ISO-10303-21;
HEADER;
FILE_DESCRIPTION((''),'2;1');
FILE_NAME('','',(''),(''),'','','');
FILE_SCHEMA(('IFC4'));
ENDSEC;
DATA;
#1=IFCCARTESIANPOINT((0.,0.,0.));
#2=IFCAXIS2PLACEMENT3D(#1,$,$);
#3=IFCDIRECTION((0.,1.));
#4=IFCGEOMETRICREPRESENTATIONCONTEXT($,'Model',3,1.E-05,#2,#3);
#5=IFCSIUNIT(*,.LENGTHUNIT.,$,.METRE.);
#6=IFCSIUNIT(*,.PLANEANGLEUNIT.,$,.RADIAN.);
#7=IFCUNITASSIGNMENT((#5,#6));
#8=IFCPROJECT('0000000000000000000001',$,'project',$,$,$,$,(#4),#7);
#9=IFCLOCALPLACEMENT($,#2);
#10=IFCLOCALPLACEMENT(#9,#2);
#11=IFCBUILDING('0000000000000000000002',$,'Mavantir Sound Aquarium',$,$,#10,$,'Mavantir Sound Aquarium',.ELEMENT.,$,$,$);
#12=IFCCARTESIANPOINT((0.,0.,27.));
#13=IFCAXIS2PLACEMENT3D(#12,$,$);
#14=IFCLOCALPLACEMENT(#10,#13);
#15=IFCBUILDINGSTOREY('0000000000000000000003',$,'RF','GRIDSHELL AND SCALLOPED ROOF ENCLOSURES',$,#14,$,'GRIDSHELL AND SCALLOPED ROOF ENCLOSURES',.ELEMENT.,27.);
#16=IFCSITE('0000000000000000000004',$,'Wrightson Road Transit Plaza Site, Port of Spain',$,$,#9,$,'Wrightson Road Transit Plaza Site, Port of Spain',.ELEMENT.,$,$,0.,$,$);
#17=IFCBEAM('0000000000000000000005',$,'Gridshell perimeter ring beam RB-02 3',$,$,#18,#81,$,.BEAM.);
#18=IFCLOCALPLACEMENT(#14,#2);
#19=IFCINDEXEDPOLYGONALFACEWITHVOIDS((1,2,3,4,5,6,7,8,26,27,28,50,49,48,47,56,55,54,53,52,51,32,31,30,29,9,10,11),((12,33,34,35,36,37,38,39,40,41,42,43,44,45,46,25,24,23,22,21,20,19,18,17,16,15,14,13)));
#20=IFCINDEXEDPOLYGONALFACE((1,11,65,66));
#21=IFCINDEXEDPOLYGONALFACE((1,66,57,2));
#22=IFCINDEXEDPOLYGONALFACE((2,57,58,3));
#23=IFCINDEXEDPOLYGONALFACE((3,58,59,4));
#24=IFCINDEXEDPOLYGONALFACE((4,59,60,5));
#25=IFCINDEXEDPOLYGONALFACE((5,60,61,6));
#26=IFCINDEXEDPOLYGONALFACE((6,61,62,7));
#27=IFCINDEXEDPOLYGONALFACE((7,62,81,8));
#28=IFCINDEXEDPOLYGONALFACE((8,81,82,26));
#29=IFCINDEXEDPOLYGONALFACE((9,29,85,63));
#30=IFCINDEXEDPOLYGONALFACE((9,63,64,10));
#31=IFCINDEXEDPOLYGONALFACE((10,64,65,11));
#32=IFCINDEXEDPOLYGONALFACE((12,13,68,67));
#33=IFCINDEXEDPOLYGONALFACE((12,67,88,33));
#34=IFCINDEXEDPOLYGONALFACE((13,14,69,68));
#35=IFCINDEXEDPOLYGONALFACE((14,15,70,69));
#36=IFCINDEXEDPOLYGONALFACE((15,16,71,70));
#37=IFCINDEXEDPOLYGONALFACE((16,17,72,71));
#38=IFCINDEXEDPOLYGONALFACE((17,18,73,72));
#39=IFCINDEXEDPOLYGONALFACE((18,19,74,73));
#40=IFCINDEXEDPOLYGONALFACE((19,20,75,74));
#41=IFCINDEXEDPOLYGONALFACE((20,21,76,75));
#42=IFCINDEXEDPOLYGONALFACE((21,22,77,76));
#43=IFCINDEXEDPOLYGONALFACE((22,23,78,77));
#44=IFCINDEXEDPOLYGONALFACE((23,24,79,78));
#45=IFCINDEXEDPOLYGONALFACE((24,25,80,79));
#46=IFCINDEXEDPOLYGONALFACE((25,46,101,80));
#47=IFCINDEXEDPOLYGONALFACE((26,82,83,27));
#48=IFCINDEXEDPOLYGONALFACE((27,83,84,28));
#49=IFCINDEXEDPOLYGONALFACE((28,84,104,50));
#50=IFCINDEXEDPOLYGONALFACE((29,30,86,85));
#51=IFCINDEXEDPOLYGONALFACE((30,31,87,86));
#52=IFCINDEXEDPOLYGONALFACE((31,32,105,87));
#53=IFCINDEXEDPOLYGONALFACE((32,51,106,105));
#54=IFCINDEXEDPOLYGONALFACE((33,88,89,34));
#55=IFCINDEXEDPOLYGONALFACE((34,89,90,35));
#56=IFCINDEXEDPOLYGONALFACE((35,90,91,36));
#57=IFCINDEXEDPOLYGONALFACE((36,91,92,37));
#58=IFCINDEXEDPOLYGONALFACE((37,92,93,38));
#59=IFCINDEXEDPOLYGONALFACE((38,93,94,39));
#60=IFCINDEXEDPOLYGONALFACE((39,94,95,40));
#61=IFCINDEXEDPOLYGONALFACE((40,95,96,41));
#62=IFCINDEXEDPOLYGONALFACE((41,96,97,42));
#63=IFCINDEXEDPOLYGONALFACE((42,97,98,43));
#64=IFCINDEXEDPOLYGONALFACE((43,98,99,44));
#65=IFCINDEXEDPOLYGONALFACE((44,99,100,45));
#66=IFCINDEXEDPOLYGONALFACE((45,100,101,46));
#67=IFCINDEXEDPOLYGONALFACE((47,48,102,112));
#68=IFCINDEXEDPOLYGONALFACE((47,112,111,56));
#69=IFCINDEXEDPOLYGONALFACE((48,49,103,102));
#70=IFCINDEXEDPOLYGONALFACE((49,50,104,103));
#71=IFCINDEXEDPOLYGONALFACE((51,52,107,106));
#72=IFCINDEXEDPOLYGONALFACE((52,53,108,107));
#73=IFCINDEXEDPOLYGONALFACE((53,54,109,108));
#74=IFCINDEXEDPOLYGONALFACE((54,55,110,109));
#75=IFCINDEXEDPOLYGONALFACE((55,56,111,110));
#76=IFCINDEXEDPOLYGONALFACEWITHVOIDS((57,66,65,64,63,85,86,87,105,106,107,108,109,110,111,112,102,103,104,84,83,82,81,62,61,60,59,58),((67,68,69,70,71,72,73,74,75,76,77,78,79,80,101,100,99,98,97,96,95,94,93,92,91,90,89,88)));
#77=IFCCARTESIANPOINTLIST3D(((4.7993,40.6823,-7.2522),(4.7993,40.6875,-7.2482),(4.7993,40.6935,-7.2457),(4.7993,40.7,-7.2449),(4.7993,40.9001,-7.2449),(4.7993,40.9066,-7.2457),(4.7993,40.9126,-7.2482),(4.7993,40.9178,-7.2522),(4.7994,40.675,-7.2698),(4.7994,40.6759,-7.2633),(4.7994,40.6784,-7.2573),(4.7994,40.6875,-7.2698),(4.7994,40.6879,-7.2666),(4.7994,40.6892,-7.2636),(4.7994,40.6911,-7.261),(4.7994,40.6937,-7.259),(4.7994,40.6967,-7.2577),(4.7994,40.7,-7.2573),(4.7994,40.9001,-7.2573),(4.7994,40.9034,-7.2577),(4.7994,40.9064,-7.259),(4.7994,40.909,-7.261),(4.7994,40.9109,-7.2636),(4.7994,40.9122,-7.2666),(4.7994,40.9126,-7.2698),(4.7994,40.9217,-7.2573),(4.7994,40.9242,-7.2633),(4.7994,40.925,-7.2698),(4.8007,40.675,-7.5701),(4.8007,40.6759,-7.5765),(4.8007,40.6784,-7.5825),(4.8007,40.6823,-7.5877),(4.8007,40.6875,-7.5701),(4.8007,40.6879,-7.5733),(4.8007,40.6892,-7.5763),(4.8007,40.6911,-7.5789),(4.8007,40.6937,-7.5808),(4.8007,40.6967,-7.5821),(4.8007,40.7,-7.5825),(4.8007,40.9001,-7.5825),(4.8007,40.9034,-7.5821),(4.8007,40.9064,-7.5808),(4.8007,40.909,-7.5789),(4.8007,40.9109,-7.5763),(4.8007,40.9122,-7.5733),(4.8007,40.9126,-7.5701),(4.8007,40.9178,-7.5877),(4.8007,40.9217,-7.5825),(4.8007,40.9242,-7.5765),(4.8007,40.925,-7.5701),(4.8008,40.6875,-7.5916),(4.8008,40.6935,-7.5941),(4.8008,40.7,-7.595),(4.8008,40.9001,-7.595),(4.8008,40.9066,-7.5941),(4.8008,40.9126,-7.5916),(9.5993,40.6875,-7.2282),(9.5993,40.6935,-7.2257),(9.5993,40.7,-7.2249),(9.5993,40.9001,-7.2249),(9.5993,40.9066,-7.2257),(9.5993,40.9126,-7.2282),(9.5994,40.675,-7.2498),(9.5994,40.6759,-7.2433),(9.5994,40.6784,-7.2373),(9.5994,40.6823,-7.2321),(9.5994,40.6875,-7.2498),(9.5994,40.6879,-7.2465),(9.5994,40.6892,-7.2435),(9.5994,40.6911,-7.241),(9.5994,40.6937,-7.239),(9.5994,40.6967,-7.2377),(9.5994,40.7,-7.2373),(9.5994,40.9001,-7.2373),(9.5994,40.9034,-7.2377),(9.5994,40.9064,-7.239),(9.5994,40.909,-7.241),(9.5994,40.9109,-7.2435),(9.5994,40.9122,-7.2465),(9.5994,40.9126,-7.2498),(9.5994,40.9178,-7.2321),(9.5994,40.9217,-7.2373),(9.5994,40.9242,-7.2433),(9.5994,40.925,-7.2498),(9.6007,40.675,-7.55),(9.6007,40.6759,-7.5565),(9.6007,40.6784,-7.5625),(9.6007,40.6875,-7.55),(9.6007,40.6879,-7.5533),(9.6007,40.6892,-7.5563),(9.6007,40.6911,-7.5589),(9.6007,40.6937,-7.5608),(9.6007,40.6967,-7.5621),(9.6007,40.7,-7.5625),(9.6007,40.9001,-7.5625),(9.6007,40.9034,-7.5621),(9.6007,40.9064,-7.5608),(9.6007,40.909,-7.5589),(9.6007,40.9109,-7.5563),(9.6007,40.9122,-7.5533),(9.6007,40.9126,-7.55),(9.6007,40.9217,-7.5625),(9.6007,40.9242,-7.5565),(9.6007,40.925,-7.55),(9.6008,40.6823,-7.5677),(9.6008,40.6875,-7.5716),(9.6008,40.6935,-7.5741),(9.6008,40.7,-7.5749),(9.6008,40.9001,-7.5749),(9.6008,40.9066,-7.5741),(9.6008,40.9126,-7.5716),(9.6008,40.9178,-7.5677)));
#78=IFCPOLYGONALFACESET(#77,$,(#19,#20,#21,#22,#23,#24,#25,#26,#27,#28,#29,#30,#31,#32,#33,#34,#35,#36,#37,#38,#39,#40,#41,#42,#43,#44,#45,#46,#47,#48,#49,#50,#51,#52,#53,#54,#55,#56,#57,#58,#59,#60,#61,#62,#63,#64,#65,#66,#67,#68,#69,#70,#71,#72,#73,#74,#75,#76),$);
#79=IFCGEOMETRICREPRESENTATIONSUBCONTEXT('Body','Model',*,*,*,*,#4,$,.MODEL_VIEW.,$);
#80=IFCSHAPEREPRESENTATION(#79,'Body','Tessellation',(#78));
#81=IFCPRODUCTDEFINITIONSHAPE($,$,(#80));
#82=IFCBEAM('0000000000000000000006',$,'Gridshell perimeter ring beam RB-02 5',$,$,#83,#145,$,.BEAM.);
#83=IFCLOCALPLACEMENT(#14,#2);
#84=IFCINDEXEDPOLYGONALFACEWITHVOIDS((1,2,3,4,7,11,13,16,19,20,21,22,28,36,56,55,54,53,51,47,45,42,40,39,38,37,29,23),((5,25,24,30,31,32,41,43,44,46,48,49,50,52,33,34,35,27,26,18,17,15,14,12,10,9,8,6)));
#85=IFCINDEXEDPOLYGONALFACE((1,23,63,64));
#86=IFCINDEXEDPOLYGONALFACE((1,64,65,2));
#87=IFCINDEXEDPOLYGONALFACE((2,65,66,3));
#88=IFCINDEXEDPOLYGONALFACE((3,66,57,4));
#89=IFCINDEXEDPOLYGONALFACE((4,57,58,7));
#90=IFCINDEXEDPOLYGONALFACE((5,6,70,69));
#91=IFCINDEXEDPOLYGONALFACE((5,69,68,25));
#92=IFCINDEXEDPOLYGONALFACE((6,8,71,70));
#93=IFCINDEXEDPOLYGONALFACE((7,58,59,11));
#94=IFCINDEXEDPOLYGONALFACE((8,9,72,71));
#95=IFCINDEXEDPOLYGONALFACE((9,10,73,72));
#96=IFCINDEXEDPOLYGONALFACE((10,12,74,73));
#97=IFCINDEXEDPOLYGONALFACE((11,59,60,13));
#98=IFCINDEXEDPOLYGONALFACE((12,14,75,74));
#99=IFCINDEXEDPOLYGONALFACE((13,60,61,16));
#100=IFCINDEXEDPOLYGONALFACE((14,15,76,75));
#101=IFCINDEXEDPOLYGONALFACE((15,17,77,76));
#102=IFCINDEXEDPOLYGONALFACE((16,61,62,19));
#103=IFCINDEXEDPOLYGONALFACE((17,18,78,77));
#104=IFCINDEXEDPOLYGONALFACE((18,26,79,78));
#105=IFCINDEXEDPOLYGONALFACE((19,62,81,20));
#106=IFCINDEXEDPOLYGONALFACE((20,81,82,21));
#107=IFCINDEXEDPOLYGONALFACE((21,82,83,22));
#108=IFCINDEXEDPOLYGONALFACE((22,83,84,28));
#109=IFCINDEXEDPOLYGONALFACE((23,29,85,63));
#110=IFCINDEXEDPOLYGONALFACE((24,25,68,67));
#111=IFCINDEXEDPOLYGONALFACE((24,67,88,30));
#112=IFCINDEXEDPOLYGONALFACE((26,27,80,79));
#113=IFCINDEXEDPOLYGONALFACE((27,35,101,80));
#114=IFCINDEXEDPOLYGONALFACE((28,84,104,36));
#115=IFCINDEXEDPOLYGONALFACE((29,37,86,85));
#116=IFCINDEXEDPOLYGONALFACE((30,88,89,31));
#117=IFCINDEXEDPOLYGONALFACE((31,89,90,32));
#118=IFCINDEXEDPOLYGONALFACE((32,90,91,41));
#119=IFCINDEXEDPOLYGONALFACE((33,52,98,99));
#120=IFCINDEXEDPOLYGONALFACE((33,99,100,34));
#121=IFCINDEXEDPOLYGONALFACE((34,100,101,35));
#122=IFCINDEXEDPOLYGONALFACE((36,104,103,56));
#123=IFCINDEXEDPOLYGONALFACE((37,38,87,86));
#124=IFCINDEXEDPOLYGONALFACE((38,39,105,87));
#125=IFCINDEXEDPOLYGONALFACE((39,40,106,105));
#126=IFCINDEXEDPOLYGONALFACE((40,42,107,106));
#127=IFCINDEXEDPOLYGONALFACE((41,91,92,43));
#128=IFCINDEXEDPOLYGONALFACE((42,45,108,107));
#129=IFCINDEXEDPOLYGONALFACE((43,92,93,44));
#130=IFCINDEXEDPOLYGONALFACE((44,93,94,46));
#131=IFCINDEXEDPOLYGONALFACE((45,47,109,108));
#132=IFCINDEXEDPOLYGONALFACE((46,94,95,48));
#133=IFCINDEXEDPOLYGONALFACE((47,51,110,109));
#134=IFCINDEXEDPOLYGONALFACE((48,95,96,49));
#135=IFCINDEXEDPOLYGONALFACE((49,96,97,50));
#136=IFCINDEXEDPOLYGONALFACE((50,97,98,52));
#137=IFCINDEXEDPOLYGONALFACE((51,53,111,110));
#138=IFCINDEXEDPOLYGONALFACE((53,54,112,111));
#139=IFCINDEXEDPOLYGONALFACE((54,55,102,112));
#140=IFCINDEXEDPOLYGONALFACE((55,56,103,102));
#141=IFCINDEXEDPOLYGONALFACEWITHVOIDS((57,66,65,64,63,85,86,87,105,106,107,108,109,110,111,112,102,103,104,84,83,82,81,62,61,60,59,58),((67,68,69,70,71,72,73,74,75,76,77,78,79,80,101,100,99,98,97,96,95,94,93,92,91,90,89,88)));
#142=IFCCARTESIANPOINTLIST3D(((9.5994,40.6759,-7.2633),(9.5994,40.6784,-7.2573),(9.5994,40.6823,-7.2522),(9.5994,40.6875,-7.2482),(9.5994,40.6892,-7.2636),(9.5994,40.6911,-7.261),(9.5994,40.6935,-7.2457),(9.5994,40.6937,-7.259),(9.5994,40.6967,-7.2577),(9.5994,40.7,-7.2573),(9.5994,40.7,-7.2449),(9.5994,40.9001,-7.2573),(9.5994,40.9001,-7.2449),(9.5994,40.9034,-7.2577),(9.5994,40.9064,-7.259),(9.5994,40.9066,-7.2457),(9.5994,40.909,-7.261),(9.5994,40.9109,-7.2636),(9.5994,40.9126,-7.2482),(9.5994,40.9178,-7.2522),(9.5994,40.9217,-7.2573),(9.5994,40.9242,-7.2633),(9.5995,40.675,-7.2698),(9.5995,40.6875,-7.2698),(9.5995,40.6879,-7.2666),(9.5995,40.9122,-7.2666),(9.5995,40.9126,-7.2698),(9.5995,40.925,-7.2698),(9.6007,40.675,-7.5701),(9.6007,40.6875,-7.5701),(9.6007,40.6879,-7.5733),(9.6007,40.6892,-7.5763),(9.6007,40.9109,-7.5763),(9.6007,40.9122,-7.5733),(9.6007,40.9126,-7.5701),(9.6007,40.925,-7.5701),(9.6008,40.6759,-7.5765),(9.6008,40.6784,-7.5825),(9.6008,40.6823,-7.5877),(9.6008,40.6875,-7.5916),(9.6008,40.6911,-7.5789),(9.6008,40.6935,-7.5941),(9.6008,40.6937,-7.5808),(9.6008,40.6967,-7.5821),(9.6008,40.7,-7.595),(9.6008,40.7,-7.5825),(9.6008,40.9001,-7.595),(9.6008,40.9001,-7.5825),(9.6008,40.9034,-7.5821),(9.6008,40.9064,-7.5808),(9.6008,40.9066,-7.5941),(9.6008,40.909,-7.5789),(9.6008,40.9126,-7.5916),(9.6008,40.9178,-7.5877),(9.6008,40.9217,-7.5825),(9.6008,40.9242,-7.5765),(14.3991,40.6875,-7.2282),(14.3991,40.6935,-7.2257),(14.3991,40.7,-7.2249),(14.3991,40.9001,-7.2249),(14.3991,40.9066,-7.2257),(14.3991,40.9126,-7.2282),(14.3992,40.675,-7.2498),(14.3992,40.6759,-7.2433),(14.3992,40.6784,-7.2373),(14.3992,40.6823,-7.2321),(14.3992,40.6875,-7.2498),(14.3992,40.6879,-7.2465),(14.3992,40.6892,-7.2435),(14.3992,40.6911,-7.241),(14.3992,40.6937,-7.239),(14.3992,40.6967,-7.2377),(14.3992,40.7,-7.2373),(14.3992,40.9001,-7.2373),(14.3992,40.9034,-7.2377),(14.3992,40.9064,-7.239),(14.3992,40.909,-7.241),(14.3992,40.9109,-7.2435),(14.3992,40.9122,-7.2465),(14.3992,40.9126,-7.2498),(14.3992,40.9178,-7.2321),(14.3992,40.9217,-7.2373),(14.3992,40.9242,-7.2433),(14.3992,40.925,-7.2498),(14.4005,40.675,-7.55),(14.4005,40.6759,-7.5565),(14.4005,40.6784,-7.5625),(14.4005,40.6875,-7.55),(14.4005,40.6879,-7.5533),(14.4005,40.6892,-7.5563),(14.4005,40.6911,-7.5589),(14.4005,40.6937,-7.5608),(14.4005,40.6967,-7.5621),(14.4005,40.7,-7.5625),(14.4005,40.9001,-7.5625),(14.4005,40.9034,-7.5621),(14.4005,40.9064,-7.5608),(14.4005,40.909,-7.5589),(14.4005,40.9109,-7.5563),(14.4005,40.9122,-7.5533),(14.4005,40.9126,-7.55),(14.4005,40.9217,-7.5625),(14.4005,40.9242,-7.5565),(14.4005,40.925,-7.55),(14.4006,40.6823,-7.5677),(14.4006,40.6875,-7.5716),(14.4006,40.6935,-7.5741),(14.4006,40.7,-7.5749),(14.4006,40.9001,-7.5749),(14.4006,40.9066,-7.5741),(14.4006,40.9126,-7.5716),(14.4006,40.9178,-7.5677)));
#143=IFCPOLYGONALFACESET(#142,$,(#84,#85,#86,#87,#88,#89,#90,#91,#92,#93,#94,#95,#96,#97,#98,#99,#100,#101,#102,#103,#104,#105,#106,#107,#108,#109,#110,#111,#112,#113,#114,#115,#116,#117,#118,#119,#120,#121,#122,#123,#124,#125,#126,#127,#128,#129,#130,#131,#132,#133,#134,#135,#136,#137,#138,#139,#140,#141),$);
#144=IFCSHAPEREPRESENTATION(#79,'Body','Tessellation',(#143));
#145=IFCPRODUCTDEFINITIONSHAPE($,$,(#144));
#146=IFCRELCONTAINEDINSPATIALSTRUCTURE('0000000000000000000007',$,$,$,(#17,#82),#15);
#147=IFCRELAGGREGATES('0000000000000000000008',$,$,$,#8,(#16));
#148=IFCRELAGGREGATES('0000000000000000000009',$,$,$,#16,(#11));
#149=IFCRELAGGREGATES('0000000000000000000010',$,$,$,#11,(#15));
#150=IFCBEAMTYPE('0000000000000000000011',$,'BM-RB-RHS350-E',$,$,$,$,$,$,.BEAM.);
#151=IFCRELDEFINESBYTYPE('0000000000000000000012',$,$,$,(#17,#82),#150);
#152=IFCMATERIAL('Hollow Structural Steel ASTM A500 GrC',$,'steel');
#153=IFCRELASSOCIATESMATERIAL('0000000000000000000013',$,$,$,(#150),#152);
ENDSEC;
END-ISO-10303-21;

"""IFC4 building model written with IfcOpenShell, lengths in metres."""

from ifc_helpers import new_model, si_unit, direction, frame, origin, origin_2d, place, context, subcontext, project, spatial, hollow_rectangle, extrude, material, material_profile, profile_set, type_object, element, save


model = new_model("IFC4")

# Units and contexts
model_context = context("Model", 3, precision=1e-05, world=origin(), true_north=direction((0.0, 1.0)))
body_context = subcontext(model_context, "Body", "Model", "MODEL_VIEW")
ifc_project = project(units=[si_unit("LENGTHUNIT", "METRE"), si_unit("PLANEANGLEUNIT", "RADIAN")], contexts=[model_context])

# Site, building, storey
site_placement = place(None, origin())
site = spatial("IfcSite", under=ifc_project, at=site_placement, Name="Wrightson Road Transit Plaza Site, Port of Spain", LongName="Wrightson Road Transit Plaza Site, Port of Spain", CompositionType="ELEMENT", RefElevation=0.0)
building_placement = place(site_placement, origin())
building = spatial("IfcBuilding", under=site, at=building_placement, Name="Mavantir Sound Aquarium", LongName="Mavantir Sound Aquarium", CompositionType="ELEMENT")
storey_placement = place(building_placement, frame((0.0, 0.0, 27.0)))
storey = spatial("IfcBuildingStorey", under=building, at=storey_placement, Name="RF", Description="GRIDSHELL AND SCALLOPED ROOF ENCLOSURES", LongName="GRIDSHELL AND SCALLOPED ROOF ENCLOSURES", CompositionType="ELEMENT", Elevation=27.0)

# Beams
ifc_material_1 = material(Name="Hollow Structural Steel ASTM A500 GrC", Category="steel")
ifc_material_profile_1 = material_profile(ifc_material_1, hollow_rectangle(XDim=0.25, YDim=0.3501, WallThickness=0.0125, InnerFilletRadius=0.0125, OuterFilletRadius=0.0249, at=origin_2d()), Name="RHS 350X250X12.5")
ifc_profile_set_1 = profile_set([ifc_material_profile_1], Name="Hollow Structural Steel ASTM A500 GrC")
beam_type = type_object("IfcBeamType", Name="BM-RB-RHS350-E", PredefinedType="BEAM", material=ifc_profile_set_1)
beam_1_placement = place(storey_placement, frame((4.8, 40.8, -7.4199), z_axis=(0.999991, 0.0, 0.004171), x_axis=(0.0, 1.0, 0.0)))
element("IfcBeam", 1, at=beam_1_placement, inside=storey, type_object=beam_type, Name="Gridshell perimeter ring beam RB-02 3", PredefinedType="BEAM", context=body_context, shape_type="SweptSolid", body=[
    extrude(hollow_rectangle(XDim=0.25, YDim=0.3501, WallThickness=0.0125, InnerFilletRadius=0.0125, OuterFilletRadius=0.0249, at=origin_2d()), origin(), (0.0, 0.0, 1.0), 4.8),
])
beam_2_placement = place(storey_placement, frame((9.6001, 40.8, -7.4199), z_axis=(0.999991, 0.0, 0.004171), x_axis=(0.0, 1.0, 0.0)))
element("IfcBeam", 2, at=beam_2_placement, inside=storey, type_object=beam_type, Name="Gridshell perimeter ring beam RB-02 5", PredefinedType="BEAM", context=body_context, shape_type="SweptSolid", body=[
    extrude(hollow_rectangle(XDim=0.25, YDim=0.3501, WallThickness=0.0125, InnerFilletRadius=0.0125, OuterFilletRadius=0.0249, at=origin_2d()), origin(), (0.0, 0.0, 1.0), 4.7998),
])

save(model, "model.ifc")
